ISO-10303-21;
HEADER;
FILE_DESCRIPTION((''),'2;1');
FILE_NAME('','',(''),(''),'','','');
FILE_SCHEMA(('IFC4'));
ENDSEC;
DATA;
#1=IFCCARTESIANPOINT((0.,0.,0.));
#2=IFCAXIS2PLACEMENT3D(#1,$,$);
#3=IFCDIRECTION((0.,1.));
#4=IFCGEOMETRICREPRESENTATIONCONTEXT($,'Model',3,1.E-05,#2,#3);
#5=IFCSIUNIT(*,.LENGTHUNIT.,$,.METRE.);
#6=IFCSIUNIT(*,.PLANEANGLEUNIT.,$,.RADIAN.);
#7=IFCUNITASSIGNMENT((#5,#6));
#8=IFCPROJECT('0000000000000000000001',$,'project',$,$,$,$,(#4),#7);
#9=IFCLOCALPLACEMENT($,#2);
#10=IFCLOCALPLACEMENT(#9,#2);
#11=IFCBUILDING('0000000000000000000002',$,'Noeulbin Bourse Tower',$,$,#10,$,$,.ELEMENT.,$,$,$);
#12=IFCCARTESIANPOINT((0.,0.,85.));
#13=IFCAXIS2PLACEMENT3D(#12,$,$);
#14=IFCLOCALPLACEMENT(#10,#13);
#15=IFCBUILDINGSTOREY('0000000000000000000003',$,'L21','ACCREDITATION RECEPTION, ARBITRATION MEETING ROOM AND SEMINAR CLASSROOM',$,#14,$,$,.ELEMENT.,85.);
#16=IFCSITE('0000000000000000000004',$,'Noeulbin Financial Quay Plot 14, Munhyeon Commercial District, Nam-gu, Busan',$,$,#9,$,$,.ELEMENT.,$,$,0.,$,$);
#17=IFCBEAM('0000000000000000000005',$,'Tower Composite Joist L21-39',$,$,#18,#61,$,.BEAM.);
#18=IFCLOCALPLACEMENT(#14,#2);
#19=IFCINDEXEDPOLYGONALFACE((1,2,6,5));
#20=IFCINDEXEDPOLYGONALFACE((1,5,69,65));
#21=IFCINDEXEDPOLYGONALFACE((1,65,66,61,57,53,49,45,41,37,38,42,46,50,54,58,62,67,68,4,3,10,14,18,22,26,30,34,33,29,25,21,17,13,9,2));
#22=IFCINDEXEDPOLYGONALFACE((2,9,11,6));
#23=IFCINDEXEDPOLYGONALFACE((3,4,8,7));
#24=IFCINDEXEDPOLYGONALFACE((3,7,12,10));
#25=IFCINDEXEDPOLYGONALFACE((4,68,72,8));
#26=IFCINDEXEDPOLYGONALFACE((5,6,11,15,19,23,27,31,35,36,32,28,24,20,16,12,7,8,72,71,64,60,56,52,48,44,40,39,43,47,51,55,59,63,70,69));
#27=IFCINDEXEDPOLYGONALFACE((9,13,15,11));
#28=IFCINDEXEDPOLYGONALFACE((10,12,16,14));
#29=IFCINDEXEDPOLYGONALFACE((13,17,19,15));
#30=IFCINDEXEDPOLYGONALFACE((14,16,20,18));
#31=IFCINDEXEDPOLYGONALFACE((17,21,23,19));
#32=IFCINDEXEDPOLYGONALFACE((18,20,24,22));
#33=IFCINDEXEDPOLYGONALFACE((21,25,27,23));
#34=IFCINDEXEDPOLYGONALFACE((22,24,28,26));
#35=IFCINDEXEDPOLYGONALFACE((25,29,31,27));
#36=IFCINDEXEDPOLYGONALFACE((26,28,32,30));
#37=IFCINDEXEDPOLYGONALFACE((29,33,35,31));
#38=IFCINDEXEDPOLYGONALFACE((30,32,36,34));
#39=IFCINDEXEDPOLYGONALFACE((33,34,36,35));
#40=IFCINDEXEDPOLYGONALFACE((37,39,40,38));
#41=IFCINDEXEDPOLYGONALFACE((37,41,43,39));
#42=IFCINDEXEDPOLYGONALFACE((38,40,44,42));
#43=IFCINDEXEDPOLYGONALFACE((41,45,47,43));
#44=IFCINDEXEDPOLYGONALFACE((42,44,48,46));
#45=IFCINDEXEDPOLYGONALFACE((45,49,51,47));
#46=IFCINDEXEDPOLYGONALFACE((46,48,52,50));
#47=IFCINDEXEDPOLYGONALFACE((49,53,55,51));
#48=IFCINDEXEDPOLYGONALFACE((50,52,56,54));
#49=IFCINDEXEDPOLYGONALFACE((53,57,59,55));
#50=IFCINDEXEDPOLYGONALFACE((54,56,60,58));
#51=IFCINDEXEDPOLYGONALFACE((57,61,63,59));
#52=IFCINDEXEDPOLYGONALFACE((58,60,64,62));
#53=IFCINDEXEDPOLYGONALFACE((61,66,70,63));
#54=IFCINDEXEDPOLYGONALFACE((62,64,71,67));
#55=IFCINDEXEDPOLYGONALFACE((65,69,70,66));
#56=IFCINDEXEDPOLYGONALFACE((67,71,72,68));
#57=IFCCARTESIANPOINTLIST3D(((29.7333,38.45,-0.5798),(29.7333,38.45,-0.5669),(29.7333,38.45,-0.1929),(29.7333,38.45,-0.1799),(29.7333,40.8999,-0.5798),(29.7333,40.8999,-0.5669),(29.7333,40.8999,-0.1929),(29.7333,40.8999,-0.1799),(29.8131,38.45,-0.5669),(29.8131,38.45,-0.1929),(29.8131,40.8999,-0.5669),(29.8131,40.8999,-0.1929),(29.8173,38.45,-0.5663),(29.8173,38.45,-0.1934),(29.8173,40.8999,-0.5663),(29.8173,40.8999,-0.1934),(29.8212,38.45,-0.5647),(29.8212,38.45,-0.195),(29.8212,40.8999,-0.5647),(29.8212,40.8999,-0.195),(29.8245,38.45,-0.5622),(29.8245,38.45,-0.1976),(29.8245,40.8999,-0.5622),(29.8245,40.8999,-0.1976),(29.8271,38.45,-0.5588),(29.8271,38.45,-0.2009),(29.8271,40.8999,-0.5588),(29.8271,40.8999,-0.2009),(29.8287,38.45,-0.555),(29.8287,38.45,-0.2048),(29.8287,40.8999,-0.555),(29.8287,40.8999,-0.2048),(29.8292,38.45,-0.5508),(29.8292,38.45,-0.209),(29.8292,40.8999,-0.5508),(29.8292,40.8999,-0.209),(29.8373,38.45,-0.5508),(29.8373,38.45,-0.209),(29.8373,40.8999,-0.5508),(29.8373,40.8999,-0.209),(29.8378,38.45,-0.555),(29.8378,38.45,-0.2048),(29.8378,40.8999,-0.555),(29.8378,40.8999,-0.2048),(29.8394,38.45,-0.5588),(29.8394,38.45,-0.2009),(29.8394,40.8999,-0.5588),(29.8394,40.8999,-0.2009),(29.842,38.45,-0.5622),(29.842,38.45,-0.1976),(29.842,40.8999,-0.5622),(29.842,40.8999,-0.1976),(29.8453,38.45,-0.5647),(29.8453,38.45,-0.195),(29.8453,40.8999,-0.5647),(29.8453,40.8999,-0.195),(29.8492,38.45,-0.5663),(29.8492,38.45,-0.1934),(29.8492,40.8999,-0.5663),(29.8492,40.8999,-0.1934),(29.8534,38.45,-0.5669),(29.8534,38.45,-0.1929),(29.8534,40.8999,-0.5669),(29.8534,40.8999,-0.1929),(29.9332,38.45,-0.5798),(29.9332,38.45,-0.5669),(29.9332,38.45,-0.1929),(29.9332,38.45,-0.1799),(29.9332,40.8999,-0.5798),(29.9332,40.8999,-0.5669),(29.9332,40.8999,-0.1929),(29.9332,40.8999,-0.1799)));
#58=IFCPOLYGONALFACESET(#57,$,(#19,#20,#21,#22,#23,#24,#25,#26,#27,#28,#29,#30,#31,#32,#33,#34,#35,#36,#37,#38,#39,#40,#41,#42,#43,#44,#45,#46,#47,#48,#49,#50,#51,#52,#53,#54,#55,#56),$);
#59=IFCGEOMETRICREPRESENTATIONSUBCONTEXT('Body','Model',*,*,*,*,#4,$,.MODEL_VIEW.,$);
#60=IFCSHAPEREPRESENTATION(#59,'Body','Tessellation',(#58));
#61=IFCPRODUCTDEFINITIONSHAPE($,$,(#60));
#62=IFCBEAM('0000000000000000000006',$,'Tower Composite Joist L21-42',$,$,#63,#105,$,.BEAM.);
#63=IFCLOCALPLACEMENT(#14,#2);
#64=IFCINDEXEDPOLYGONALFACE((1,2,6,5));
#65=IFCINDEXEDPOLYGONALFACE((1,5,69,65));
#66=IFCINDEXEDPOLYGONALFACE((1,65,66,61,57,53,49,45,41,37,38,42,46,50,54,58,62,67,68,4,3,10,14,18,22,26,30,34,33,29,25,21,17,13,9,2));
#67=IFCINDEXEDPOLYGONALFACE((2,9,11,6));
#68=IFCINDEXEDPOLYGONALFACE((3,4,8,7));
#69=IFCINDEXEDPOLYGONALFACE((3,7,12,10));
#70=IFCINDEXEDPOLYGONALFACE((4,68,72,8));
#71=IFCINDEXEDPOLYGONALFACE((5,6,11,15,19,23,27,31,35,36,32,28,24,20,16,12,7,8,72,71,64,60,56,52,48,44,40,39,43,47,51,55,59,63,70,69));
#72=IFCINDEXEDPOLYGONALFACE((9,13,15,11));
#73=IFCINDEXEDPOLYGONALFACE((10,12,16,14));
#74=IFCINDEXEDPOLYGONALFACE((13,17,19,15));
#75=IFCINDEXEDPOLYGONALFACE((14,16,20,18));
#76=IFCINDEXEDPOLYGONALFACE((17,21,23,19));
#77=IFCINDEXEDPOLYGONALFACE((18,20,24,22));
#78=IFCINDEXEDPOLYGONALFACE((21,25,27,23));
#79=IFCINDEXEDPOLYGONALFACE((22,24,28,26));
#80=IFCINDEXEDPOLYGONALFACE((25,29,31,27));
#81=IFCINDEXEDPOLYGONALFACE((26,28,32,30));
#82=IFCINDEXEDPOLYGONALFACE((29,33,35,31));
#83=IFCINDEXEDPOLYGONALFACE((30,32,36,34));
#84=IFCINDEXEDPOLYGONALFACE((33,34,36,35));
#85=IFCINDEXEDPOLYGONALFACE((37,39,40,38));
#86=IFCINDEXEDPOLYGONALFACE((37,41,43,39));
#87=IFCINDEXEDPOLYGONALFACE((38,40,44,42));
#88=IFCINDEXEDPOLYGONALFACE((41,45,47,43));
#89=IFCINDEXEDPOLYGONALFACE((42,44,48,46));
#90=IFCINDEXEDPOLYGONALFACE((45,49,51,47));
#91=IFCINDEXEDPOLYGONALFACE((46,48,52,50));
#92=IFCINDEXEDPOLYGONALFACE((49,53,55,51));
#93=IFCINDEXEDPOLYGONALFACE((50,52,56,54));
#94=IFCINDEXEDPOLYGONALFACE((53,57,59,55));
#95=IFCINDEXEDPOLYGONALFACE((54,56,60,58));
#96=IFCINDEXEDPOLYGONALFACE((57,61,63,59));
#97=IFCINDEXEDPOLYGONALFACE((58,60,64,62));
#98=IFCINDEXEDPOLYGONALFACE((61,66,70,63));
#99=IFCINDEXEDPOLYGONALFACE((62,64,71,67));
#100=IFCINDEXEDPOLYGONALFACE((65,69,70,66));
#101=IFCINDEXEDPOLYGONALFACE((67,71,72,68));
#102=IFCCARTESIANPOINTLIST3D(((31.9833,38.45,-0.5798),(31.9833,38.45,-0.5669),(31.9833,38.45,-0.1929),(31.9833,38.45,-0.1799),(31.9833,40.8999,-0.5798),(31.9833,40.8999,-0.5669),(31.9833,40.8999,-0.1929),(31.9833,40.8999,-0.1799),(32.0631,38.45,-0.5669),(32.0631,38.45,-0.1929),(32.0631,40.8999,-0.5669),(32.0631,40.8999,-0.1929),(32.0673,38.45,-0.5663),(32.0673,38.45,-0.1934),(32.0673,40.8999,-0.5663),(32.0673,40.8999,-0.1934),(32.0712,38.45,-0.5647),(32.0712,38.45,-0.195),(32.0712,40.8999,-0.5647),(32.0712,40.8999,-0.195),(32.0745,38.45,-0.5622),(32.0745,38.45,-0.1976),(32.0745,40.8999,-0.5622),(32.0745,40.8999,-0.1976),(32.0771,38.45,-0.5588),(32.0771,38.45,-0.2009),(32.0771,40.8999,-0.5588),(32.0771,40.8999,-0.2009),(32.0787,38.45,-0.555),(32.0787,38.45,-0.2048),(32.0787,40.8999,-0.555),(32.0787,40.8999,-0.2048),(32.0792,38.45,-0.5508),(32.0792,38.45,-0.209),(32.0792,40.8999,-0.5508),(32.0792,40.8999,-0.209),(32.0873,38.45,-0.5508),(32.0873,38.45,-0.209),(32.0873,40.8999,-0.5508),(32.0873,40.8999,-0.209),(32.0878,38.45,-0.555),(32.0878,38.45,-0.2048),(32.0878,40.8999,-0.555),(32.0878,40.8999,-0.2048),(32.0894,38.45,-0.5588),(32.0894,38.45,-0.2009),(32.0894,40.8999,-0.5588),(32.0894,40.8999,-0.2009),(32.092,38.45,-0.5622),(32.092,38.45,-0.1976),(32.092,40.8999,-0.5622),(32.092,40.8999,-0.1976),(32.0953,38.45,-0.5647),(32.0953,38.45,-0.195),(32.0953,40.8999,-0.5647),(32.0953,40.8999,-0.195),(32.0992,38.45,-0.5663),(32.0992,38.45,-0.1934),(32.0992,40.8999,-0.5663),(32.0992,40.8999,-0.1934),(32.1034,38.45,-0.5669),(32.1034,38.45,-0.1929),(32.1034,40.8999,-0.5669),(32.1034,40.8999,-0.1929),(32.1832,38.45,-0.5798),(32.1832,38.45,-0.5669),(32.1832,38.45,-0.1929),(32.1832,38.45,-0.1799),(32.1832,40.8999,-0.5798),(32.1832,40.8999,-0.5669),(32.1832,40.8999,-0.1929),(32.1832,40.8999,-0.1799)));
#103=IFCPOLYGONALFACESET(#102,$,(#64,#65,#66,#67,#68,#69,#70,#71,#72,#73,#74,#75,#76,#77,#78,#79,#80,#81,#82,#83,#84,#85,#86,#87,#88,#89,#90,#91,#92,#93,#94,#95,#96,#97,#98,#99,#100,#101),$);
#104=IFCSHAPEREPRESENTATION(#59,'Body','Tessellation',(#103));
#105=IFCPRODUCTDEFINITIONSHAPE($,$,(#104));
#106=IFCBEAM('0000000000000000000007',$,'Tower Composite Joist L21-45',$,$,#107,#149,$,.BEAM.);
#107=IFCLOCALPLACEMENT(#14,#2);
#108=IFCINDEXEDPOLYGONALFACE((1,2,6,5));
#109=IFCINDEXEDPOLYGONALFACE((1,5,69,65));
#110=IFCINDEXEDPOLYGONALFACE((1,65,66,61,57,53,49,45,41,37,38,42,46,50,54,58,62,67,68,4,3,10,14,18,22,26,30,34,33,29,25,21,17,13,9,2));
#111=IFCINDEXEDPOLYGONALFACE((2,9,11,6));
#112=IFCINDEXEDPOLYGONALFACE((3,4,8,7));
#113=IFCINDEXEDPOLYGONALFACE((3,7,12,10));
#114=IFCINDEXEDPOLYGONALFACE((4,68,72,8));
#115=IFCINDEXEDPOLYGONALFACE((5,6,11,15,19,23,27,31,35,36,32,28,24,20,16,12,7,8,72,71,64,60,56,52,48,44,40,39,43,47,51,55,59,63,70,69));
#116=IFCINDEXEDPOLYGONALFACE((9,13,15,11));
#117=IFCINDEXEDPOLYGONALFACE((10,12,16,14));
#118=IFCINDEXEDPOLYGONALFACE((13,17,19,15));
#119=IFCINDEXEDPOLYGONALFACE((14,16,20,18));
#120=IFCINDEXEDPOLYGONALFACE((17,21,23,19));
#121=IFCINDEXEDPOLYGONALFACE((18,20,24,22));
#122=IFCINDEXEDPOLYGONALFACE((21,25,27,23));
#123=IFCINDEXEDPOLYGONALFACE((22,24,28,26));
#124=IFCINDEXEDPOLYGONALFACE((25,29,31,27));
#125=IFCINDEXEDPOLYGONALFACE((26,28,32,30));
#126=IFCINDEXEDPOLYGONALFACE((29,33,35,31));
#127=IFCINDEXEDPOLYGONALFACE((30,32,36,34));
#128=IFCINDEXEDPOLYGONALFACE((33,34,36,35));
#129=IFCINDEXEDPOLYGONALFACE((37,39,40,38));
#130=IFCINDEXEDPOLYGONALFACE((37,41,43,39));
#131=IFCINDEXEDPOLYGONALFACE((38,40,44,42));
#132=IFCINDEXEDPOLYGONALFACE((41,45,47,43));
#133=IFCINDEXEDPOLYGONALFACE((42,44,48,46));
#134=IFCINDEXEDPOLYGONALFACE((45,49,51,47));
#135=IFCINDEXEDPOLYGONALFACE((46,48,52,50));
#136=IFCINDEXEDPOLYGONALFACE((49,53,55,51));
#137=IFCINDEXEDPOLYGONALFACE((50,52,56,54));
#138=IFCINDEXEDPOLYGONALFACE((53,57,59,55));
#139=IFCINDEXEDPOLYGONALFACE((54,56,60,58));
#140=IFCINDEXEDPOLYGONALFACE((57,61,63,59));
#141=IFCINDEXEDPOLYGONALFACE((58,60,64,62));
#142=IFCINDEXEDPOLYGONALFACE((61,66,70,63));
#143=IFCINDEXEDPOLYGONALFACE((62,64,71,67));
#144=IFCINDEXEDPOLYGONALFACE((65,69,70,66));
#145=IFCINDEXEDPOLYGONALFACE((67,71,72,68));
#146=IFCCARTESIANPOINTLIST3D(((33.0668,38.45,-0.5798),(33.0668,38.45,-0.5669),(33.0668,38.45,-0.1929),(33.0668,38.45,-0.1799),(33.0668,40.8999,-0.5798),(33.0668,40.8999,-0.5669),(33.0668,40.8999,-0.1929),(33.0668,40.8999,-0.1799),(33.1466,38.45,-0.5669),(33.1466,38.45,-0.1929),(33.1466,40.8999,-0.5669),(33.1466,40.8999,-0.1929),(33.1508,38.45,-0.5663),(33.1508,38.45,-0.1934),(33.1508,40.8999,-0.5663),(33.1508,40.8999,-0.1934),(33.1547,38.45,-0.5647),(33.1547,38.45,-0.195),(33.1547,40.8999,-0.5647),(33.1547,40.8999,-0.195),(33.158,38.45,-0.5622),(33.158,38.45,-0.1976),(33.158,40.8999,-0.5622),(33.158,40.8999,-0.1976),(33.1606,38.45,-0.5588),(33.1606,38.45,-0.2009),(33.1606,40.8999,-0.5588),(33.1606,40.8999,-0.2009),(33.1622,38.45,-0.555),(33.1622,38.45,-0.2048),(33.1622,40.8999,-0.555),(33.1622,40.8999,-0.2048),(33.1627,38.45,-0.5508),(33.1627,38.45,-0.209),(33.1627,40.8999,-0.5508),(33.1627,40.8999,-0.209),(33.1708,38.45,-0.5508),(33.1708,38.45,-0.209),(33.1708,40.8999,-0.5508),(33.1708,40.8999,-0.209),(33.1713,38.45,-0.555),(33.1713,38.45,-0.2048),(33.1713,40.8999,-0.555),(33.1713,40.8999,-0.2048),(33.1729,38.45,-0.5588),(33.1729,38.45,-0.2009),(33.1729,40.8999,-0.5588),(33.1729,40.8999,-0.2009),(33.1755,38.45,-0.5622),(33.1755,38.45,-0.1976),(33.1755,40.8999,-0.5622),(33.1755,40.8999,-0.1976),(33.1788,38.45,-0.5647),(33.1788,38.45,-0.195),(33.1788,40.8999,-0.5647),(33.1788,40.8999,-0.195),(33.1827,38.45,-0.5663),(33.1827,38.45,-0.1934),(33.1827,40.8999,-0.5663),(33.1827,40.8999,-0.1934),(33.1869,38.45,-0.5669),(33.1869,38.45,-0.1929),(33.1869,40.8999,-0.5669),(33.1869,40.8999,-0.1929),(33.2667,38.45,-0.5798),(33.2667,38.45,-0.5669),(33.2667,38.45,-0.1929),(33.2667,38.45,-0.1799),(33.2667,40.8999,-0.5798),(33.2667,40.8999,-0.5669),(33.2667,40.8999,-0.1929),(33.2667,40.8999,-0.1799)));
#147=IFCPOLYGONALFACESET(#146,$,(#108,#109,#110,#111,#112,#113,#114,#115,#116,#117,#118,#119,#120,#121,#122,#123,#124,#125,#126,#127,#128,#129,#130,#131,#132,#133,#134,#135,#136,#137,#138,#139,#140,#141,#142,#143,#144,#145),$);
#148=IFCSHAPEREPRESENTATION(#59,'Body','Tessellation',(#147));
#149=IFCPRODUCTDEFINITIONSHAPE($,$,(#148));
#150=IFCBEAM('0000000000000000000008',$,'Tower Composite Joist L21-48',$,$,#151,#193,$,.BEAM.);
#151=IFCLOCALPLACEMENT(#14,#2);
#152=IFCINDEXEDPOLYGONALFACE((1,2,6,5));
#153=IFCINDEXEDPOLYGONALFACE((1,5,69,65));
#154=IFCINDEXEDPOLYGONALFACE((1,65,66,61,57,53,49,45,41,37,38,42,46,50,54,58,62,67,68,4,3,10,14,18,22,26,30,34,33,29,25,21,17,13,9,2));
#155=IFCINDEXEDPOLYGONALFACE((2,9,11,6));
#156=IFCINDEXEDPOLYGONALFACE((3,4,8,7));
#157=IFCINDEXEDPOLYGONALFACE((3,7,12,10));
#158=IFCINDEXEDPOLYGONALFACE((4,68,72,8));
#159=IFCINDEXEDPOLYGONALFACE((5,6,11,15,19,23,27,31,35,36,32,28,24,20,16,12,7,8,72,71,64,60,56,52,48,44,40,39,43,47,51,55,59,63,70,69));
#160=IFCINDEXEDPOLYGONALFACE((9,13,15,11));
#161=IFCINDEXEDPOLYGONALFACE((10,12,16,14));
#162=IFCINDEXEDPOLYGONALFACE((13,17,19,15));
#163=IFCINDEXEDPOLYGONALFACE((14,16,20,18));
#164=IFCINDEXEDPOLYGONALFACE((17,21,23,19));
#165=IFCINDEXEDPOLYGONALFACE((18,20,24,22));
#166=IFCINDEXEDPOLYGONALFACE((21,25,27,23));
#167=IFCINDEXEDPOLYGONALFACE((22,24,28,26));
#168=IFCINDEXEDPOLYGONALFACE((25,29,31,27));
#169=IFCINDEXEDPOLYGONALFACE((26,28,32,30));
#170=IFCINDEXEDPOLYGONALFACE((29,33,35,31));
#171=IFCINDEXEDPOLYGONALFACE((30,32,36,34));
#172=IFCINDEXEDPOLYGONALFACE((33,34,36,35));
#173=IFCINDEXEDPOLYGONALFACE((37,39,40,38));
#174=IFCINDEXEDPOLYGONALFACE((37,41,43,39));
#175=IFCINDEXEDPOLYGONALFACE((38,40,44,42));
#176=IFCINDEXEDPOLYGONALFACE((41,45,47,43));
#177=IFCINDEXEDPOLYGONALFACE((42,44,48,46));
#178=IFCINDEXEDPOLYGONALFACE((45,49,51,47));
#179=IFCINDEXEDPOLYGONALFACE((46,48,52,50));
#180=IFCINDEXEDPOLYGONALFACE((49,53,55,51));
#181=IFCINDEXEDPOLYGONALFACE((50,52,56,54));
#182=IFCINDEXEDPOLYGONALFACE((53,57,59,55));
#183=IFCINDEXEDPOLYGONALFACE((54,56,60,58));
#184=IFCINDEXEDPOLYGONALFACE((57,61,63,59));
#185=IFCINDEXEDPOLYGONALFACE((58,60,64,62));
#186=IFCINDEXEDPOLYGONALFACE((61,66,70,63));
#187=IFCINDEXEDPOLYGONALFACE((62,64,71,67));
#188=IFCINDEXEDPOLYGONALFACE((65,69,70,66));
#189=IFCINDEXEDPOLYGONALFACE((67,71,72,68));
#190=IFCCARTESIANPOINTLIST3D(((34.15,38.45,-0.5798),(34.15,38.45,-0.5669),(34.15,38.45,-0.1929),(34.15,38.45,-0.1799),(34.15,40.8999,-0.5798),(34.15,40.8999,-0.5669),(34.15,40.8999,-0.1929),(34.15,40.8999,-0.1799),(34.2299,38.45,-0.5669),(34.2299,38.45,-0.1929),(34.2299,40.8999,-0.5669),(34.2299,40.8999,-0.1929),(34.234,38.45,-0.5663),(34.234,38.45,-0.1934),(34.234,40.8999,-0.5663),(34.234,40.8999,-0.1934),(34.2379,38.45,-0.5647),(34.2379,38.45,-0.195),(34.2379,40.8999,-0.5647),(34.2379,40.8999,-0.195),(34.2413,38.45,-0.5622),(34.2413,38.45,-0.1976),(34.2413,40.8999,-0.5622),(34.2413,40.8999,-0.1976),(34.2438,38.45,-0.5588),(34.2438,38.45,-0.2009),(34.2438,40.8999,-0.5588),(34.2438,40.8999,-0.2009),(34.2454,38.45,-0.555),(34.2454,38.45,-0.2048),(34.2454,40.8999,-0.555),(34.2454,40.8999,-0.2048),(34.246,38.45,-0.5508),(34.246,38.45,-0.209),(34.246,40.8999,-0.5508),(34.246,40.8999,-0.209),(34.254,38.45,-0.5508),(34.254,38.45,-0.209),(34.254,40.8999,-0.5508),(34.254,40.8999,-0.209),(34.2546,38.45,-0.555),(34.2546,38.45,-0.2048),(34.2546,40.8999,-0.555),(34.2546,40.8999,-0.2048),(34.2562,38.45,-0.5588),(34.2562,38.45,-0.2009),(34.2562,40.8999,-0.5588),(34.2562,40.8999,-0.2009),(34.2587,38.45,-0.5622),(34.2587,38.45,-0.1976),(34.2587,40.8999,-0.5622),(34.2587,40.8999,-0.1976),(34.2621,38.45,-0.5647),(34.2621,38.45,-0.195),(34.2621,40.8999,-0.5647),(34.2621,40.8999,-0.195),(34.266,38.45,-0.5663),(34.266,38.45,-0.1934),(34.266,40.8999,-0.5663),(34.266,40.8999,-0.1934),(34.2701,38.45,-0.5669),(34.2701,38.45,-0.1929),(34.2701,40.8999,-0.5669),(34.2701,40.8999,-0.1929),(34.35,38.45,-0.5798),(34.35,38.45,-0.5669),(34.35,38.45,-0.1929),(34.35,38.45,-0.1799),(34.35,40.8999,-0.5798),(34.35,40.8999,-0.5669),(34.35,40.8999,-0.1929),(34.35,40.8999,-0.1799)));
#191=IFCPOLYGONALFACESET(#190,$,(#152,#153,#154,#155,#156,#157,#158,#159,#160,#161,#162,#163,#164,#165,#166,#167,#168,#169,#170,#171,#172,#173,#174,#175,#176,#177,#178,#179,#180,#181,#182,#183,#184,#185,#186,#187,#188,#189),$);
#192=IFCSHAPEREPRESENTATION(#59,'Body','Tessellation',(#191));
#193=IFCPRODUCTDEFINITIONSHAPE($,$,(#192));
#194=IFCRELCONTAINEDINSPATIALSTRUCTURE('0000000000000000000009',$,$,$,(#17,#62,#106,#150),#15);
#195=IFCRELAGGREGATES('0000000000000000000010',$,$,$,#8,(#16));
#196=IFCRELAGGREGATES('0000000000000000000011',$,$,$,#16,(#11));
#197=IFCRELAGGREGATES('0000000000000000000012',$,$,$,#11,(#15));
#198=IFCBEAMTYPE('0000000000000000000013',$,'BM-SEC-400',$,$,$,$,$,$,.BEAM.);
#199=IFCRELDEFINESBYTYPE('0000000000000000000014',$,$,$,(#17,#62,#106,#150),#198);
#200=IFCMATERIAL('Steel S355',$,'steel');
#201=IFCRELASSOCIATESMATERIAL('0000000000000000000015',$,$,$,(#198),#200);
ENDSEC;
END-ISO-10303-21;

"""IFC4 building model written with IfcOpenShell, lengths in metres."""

from ifc_helpers import new_model, si_unit, direction, frame, origin, origin_2d, place, context, subcontext, project, spatial, i_section, extrude, material, material_profile, profile_set, type_object, element, save


model = new_model("IFC4")

# Units and contexts
model_context = context("Model", 3, precision=1e-05, world=origin(), true_north=direction((0.0, 1.0)))
body_context = subcontext(model_context, "Body", "Model", "MODEL_VIEW")
ifc_project = project(units=[si_unit("LENGTHUNIT", "METRE"), si_unit("PLANEANGLEUNIT", "RADIAN")], contexts=[model_context])

# Site, building, storey
site_placement = place(None, origin())
site = spatial("IfcSite", under=ifc_project, at=site_placement, Name="Noeulbin Financial Quay Plot 14, Munhyeon Commercial District, Nam-gu, Busan", CompositionType="ELEMENT", RefElevation=0.0)
building_placement = place(site_placement, origin())
building = spatial("IfcBuilding", under=site, at=building_placement, Name="Noeulbin Bourse Tower", CompositionType="ELEMENT")
storey_placement = place(building_placement, frame((0.0, 0.0, 85.0)))
storey = spatial("IfcBuildingStorey", under=building, at=storey_placement, Name="L21", Description="ACCREDITATION RECEPTION, ARBITRATION MEETING ROOM AND SEMINAR CLASSROOM", CompositionType="ELEMENT", Elevation=85.0)

# Beams
ifc_material_1 = material(Name="Steel S355", Category="steel")
ifc_material_profile_1 = material_profile(ifc_material_1, i_section(OverallWidth=0.2, OverallDepth=0.3999, WebThickness=0.0081, FlangeThickness=0.0129, FilletRadius=0.0161, at=origin_2d()), Name="H-400x200x8x13", Category="LoadBearing")
ifc_profile_set_1 = profile_set([ifc_material_profile_1], Name="Steel S355")
beam_type_1 = type_object("IfcBeamType", Name="BM-SEC-400", PredefinedType="BEAM", material=ifc_profile_set_1)
for number, where, z_axis, x_axis, name in (
    (1, (29.8333, 38.45, -0.3799), (0.0, 1.0, 0.0), (-1.0, 0.0, 0.0), "Tower Composite Joist L21-39"),
    (2, (32.0833, 38.45, -0.3799), (0.0, 1.0, 0.0), (-1.0, 0.0, 0.0), "Tower Composite Joist L21-42"),
    (3, (33.1667, 38.45, -0.3799), (0.0, 1.0, 0.0), (-1.0, 0.0, 0.0), "Tower Composite Joist L21-45"),
    (4, (34.25, 38.45, -0.3799), (0.0, 1.0, 0.0), (-1.0, 0.0, 0.0), "Tower Composite Joist L21-48"),
):
    element("IfcBeam", number, at=place(storey_placement, frame(where, z_axis=z_axis, x_axis=x_axis)), inside=storey, type_object=beam_type_1, Name=name, PredefinedType="BEAM", context=body_context, shape_type="SweptSolid", body=[
        extrude(i_section(OverallWidth=0.2, OverallDepth=0.3999, WebThickness=0.0081, FlangeThickness=0.0129, FilletRadius=0.0161, at=origin_2d()), origin(), (0.0, 0.0, 1.0), 2.45),
    ])

save(model, "model.ifc")
